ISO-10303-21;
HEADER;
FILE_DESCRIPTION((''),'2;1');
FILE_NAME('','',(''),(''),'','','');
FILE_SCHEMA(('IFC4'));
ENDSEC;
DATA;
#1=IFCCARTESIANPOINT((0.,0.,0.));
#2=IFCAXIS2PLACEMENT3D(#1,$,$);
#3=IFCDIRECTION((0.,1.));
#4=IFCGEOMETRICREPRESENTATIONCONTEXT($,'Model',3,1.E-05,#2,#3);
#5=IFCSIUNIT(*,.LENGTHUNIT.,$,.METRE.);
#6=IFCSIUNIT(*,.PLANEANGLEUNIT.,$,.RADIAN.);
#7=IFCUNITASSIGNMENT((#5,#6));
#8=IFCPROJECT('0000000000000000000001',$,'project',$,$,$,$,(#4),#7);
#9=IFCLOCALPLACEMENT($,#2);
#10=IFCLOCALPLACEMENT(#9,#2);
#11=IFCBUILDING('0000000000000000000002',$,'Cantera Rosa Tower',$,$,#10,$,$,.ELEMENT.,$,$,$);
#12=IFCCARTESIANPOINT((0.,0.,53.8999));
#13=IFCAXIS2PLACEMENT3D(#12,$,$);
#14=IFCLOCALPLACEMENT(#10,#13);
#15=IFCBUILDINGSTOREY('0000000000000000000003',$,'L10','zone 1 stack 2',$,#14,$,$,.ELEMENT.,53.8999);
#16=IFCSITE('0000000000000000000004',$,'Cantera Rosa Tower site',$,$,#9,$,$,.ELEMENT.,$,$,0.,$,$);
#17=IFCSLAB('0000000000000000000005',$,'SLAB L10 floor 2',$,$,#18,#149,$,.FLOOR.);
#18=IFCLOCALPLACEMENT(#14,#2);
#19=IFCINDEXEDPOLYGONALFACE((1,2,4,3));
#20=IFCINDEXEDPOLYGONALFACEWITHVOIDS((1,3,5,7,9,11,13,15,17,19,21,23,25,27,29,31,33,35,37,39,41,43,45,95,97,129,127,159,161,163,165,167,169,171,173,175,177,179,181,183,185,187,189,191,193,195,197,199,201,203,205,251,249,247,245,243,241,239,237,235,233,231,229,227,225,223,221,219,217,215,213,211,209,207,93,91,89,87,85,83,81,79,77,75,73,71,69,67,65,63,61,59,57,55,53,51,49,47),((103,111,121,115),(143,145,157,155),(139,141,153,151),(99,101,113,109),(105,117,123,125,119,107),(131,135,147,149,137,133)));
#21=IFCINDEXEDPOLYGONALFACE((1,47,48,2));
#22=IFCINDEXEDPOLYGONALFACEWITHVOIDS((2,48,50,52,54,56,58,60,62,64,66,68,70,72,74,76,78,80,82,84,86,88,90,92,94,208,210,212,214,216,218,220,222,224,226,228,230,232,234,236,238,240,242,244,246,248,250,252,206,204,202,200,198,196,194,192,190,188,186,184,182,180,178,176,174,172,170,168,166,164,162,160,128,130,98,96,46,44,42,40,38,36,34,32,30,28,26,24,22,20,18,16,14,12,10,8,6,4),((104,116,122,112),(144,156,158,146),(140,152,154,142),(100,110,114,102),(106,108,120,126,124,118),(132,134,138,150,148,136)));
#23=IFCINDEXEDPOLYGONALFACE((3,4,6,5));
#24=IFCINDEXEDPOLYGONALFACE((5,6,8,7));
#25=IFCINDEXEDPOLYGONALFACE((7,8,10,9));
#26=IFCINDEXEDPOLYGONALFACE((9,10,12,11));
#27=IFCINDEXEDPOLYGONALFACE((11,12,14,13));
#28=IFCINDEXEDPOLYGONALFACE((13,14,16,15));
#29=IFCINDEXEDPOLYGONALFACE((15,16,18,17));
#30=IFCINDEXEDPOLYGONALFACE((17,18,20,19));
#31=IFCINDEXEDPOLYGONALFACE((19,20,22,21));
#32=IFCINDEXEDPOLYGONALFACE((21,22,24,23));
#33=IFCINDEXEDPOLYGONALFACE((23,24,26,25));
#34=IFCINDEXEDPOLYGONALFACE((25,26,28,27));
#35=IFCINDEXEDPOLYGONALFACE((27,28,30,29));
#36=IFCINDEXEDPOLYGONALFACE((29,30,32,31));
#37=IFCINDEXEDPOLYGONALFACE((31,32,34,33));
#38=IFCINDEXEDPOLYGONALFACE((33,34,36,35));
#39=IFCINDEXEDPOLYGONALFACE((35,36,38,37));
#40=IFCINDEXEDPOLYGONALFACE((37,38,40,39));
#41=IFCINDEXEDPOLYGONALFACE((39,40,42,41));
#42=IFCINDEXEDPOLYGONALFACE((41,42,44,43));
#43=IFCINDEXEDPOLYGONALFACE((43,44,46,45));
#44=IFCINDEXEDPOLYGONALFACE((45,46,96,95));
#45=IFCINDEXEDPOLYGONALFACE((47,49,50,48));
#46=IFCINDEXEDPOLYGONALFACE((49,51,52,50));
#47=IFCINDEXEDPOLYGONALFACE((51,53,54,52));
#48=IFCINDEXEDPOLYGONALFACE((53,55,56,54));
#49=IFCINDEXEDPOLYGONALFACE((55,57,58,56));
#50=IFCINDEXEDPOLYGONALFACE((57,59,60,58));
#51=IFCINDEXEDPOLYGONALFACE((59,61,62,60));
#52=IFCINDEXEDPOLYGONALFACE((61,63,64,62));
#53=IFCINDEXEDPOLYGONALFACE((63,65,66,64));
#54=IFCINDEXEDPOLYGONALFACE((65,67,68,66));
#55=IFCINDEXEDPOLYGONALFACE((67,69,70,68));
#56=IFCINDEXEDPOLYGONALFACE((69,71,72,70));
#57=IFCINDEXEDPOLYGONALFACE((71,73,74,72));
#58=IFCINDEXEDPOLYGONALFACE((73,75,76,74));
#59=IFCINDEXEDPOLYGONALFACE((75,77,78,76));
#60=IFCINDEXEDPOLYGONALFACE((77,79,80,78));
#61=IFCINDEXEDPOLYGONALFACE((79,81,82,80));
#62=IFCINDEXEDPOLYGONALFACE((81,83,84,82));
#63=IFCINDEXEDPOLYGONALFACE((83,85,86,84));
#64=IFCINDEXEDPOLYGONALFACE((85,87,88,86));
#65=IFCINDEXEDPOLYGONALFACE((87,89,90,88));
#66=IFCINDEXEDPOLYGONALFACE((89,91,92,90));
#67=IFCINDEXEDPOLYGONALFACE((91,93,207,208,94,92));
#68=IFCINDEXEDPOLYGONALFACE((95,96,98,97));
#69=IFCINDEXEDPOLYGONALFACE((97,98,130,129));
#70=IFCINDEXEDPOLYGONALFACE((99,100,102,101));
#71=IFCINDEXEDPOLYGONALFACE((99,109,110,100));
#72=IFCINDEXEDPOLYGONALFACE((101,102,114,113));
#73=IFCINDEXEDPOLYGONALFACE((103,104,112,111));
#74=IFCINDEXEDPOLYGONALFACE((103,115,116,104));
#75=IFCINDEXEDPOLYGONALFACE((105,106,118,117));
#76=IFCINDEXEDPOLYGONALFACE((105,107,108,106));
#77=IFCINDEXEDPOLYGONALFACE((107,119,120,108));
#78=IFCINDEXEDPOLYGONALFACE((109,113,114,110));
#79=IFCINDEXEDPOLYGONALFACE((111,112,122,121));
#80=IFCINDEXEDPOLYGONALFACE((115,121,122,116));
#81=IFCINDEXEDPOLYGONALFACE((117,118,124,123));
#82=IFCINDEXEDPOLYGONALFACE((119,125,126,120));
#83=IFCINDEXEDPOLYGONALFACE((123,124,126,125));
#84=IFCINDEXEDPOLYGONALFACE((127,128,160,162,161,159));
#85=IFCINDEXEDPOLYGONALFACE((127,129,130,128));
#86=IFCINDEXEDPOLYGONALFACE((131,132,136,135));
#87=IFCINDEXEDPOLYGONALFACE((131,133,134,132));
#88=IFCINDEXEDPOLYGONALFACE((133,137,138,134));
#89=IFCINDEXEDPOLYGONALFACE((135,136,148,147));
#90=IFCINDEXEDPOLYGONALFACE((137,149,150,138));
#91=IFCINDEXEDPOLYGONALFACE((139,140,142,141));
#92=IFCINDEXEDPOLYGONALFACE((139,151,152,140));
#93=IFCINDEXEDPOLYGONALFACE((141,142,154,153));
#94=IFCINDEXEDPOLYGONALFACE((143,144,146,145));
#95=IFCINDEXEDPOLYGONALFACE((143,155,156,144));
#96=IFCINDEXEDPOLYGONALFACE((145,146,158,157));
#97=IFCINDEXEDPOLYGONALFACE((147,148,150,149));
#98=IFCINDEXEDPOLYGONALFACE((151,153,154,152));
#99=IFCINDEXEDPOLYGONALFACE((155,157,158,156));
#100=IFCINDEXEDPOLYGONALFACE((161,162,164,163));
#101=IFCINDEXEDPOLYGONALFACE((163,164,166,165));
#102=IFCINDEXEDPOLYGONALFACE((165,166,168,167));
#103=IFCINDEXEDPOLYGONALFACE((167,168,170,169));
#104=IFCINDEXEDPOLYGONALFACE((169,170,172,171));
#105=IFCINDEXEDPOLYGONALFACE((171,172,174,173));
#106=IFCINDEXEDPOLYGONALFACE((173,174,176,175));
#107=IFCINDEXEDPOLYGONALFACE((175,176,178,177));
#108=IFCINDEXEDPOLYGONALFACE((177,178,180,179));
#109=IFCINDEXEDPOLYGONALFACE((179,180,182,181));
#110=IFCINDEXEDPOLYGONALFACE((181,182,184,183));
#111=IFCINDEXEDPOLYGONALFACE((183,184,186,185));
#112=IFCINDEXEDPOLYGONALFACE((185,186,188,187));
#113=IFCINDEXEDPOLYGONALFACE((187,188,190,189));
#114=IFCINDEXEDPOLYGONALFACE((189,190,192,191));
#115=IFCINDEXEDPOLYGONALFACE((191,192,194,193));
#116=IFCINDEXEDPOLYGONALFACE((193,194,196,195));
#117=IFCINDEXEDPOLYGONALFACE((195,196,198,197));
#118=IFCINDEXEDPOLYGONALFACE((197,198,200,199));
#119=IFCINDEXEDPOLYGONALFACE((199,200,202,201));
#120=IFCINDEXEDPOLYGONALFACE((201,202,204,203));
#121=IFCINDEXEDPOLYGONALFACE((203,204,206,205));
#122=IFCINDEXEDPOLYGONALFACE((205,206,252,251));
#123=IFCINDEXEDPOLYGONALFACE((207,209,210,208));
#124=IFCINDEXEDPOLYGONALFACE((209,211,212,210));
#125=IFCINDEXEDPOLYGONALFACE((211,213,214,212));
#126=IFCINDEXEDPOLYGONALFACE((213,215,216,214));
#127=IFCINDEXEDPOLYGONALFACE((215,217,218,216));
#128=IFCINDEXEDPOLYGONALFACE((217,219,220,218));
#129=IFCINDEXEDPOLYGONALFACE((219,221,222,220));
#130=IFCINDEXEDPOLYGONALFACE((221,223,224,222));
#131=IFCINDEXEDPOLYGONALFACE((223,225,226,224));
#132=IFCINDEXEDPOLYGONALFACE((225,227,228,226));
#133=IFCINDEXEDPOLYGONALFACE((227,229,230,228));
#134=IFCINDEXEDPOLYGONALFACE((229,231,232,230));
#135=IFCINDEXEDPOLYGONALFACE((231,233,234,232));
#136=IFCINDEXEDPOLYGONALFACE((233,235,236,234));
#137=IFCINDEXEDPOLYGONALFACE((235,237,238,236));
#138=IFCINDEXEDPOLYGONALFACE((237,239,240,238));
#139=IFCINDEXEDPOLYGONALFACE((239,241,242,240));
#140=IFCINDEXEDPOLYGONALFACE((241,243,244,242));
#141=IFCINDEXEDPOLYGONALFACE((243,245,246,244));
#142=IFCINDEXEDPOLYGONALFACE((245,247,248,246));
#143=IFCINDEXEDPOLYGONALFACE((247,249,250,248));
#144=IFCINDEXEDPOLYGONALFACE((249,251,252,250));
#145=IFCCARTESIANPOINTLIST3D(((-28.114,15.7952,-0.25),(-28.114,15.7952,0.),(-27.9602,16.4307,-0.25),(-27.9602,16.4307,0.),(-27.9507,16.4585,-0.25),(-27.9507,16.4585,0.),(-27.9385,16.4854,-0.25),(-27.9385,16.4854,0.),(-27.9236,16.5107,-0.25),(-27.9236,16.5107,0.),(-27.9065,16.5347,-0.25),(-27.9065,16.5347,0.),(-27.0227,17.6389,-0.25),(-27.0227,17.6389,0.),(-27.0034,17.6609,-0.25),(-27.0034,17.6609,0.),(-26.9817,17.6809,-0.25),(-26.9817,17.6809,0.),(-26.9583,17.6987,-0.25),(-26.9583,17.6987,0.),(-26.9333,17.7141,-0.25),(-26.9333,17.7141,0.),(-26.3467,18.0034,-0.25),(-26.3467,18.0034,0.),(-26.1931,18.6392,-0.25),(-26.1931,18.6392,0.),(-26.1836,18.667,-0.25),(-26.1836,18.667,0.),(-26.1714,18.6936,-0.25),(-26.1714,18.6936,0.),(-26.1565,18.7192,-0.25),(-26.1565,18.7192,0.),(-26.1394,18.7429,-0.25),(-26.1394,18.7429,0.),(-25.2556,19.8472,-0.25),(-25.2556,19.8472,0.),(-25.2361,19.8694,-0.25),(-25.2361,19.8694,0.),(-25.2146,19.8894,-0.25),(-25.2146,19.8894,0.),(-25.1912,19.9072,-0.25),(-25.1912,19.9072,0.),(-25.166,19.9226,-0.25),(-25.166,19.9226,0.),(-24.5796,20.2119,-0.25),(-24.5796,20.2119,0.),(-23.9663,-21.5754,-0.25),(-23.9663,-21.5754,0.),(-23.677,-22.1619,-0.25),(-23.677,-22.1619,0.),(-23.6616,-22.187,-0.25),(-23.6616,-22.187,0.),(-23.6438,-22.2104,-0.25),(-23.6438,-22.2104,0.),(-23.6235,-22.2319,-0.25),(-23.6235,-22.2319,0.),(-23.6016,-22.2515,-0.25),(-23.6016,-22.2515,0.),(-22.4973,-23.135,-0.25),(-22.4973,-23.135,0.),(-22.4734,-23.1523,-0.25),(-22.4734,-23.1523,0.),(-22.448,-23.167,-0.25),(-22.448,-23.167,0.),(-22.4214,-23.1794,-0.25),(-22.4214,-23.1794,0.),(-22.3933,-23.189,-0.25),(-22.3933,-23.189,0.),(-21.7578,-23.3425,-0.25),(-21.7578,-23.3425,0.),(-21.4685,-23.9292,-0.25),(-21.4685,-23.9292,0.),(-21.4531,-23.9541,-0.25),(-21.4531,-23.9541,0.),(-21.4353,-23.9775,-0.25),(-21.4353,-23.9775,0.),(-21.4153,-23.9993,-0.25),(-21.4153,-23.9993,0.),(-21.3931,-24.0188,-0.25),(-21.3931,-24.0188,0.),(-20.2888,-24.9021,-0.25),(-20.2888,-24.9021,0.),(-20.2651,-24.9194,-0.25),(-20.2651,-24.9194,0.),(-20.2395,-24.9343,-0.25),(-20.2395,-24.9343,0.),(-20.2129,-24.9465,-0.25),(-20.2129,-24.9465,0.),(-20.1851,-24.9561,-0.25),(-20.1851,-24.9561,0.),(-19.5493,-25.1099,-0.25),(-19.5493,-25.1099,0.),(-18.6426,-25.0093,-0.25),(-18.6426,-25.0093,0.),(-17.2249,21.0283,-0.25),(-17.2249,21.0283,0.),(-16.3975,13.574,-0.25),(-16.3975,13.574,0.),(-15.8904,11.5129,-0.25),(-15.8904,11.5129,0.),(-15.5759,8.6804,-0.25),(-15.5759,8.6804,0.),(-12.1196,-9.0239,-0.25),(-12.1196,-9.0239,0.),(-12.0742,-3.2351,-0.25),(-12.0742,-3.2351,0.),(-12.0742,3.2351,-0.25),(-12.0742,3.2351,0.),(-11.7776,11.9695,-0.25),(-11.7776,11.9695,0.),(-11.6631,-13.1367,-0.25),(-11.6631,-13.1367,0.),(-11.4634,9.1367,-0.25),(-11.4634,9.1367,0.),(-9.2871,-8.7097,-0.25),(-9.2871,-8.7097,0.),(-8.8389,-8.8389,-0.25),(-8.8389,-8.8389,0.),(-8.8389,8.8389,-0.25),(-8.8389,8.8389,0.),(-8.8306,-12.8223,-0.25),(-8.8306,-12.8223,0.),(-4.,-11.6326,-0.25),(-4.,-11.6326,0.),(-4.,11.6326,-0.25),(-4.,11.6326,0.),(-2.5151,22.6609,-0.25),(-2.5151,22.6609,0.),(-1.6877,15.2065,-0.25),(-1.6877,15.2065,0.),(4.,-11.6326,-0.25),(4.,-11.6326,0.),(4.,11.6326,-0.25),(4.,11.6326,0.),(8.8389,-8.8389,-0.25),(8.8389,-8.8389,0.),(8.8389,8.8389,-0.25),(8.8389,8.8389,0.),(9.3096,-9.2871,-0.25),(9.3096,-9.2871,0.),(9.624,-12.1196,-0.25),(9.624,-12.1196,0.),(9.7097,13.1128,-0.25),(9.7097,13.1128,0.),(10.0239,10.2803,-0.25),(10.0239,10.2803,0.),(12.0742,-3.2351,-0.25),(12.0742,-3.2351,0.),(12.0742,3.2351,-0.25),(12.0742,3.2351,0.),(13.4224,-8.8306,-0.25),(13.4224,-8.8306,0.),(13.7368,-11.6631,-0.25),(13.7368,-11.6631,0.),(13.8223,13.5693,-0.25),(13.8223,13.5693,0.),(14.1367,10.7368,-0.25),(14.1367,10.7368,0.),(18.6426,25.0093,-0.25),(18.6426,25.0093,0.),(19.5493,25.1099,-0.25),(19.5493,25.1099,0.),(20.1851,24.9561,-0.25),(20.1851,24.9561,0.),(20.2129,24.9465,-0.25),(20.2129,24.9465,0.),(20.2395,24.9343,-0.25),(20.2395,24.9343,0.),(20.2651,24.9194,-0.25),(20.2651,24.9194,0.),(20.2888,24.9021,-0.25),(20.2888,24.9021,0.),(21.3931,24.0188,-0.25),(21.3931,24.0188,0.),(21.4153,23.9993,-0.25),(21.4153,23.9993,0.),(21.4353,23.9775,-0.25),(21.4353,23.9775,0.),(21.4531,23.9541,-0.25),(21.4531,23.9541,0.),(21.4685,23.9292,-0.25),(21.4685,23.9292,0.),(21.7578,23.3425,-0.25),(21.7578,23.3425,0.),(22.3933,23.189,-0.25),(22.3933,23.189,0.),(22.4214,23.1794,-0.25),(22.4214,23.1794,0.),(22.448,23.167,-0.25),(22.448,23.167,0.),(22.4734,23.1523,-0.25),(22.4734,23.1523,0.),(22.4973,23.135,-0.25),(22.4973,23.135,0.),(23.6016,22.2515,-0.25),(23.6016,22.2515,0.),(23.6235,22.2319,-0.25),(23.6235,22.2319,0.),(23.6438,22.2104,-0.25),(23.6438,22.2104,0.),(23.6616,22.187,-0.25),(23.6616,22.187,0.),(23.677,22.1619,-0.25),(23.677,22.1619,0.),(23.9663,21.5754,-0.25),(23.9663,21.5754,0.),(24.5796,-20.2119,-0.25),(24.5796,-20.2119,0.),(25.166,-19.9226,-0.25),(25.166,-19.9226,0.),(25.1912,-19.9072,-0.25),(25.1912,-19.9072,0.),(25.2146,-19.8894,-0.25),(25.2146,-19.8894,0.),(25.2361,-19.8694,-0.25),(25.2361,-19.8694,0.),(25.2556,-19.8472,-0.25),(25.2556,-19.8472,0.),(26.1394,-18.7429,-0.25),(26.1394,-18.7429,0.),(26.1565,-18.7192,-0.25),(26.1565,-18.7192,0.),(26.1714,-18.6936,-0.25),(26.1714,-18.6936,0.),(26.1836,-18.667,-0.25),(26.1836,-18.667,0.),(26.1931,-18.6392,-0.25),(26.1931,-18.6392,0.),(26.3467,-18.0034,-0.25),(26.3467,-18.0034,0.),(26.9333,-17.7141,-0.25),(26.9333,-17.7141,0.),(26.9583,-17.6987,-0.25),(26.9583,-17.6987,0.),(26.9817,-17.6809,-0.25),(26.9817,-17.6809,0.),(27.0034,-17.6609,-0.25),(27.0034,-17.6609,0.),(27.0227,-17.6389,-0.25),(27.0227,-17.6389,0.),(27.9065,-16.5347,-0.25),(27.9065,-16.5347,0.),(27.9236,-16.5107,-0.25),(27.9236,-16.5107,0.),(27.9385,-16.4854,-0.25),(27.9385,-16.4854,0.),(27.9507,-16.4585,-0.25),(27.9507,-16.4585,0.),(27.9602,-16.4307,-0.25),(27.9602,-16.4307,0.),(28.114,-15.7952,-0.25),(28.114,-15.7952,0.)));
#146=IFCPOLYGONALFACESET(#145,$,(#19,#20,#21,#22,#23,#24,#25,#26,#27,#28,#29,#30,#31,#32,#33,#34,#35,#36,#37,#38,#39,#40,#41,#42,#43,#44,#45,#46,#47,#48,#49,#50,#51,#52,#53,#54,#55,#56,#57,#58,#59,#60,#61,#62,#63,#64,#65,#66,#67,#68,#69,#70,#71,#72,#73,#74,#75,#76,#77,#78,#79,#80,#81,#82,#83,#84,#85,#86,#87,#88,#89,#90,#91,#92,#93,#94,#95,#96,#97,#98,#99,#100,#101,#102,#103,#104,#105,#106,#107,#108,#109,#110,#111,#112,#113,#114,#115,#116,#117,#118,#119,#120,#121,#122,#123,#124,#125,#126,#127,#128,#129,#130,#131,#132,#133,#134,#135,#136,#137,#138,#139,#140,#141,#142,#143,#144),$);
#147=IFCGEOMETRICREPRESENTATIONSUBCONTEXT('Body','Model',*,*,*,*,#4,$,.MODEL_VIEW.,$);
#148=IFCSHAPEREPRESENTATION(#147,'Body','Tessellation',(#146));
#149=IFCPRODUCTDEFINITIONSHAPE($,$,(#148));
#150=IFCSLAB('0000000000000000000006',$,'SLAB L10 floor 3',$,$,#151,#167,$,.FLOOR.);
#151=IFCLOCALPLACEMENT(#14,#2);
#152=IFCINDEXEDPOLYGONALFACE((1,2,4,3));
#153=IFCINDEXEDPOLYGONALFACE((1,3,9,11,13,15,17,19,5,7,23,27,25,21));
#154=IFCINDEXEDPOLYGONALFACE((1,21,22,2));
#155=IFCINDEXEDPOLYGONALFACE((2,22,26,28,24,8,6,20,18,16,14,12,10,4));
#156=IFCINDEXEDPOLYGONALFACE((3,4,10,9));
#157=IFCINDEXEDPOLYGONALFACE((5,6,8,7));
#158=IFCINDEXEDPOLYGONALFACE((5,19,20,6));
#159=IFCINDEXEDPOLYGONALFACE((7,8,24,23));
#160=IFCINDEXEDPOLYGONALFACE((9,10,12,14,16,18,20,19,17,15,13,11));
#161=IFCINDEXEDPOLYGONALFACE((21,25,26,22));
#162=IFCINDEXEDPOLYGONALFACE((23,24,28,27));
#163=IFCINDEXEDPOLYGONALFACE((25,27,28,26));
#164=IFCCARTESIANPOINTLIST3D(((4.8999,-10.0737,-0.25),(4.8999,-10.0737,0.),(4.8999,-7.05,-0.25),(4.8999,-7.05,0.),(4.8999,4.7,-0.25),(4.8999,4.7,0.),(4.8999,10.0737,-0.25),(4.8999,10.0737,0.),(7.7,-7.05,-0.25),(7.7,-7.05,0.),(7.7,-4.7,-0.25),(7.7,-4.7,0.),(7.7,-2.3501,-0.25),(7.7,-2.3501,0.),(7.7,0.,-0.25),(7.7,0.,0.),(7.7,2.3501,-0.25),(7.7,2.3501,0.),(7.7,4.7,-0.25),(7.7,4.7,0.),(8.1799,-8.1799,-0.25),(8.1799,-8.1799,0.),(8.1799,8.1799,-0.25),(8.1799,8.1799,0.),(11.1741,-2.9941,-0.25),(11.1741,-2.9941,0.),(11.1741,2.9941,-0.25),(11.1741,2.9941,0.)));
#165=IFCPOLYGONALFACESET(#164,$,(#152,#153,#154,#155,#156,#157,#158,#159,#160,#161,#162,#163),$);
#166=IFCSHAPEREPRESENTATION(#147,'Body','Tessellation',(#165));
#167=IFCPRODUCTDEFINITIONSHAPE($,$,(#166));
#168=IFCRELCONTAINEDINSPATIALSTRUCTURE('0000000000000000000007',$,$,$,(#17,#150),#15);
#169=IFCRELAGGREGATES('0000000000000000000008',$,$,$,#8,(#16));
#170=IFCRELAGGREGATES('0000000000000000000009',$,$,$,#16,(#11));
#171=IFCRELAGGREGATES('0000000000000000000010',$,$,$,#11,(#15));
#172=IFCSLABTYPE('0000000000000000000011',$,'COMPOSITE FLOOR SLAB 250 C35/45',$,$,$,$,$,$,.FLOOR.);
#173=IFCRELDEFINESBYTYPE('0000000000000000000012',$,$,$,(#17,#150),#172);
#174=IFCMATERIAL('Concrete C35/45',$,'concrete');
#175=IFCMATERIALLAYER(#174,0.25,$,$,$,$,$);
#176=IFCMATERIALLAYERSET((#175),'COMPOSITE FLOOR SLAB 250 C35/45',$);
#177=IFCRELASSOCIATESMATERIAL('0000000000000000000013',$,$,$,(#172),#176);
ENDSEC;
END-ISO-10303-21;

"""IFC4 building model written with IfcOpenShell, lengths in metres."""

from ifc_helpers import new_model, si_unit, direction, frame, origin, place, context, subcontext, project, spatial, polyline, outline, extrude, material, layer, layer_set, type_object, element, save


model = new_model("IFC4")

# Units and contexts
model_context = context("Model", 3, precision=1e-05, world=origin(), true_north=direction((0.0, 1.0)))
body_context = subcontext(model_context, "Body", "Model", "MODEL_VIEW")
ifc_project = project(units=[si_unit("LENGTHUNIT", "METRE"), si_unit("PLANEANGLEUNIT", "RADIAN")], contexts=[model_context])

# Site, building, storey
site_placement = place(None, origin())
site = spatial("IfcSite", under=ifc_project, at=site_placement, Name="Cantera Rosa Tower site", CompositionType="ELEMENT", RefElevation=0.0)
building_placement = place(site_placement, origin())
building = spatial("IfcBuilding", under=site, at=building_placement, Name="Cantera Rosa Tower", CompositionType="ELEMENT")
storey_placement = place(building_placement, frame((0.0, 0.0, 53.8999)))
storey = spatial("IfcBuildingStorey", under=building, at=storey_placement, Name="L10", Description="zone 1 stack 2", CompositionType="ELEMENT", Elevation=53.8999)

# Slabs
ifc_material_1 = material(Name="Concrete C35/45", Category="concrete")
ifc_layer_1 = layer(ifc_material_1, 0.25)
ifc_layer_set_1 = layer_set([ifc_layer_1], Name="COMPOSITE FLOOR SLAB 250 C35/45")
slab_type = type_object("IfcSlabType", Name="COMPOSITE FLOOR SLAB 250 C35/45", PredefinedType="FLOOR", material=ifc_layer_set_1)
slab_1_placement = place(storey_placement, frame((0.0, 0.0, -0.25)))
element("IfcSlab", 1, at=slab_1_placement, inside=storey, type_object=slab_type, Name="SLAB L10 floor 2", PredefinedType="FLOOR", context=body_context, shape_type="SweptSolid", body=[
    extrude(outline(polyline([(-21.4153, -23.9993), (-21.4353, -23.9775), (-21.4531, -23.9541), (-21.4685, -23.9292), (-21.7578, -23.3425), (-22.3933, -23.189), (-22.4214, -23.1794), (-22.448, -23.167), (-22.4734, -23.1523), (-22.4973, -23.135), (-23.6016, -22.2515), (-23.6235, -22.2319), (-23.6438, -22.2104), (-23.6616, -22.187), (-23.677, -22.1619), (-23.9663, -21.5754), (-28.114, 15.7952), (-27.9602, 16.4307), (-27.9507, 16.4585), (-27.9385, 16.4854), (-27.9236, 16.5107), (-27.9065, 16.5347), (-27.0227, 17.6389), (-27.0034, 17.6609), (-26.9817, 17.6809), (-26.9583, 17.6987), (-26.9333, 17.7141), (-26.3467, 18.0034), (-26.1931, 18.6392), (-26.1836, 18.667), (-26.1714, 18.6936), (-26.1565, 18.7192), (-26.1394, 18.7429), (-25.2556, 19.8472), (-25.2361, 19.8694), (-25.2146, 19.8894), (-25.1912, 19.9072), (-25.166, 19.9226), (-24.5796, 20.2119), (-17.2249, 21.0283), (-16.3975, 13.574), (-1.6877, 15.2065), (-2.5151, 22.6609), (18.6426, 25.0093), (19.5493, 25.1099), (20.1851, 24.9561), (20.2129, 24.9465), (20.2395, 24.9343), (20.2651, 24.9194), (20.2888, 24.9021), (21.3931, 24.0188), (21.4153, 23.9993), (21.4353, 23.9775), (21.4531, 23.9541), (21.4685, 23.9292), (21.7578, 23.3425), (22.3933, 23.189), (22.4214, 23.1794), (22.448, 23.167), (22.4734, 23.1523), (22.4973, 23.135), (23.6016, 22.2515), (23.6235, 22.2319), (23.6438, 22.2104), (23.6616, 22.187), (23.677, 22.1619), (23.9663, 21.5754), (28.114, -15.7952), (27.9602, -16.4307), (27.9507, -16.4585), (27.9385, -16.4854), (27.9236, -16.5107), (27.9065, -16.5347), (27.0227, -17.6389), (27.0034, -17.6609), (26.9817, -17.6809), (26.9583, -17.6987), (26.9333, -17.7141), (26.3467, -18.0034), (26.1931, -18.6392), (26.1836, -18.667), (26.1714, -18.6936), (26.1565, -18.7192), (26.1394, -18.7429), (25.2556, -19.8472), (25.2361, -19.8694), (25.2146, -19.8894), (25.1912, -19.9072), (25.166, -19.9226), (24.5796, -20.2119), (-18.6426, -25.0093), (-19.5493, -25.1099), (-20.1851, -24.9561), (-20.2129, -24.9465), (-20.2395, -24.9343), (-20.2651, -24.9194), (-20.2888, -24.9021), (-21.3931, -24.0188), (-21.4153, -23.9993)]), holes=[polyline([(-12.1196, -9.0239), (-11.6631, -13.1367), (-8.8306, -12.8223), (-9.2871, -8.7097), (-12.1196, -9.0239)]), polyline([(-12.0742, -3.2351), (-8.8389, -8.8389), (-4.0, -11.6326), (-4.0, 11.6326), (-8.8389, 8.8389), (-12.0742, 3.2351), (-12.0742, -3.2351)]), polyline([(-15.5759, 8.6804), (-11.4634, 9.1367), (-11.7776, 11.9695), (-15.8904, 11.5129), (-15.5759, 8.6804)]), polyline([(9.624, -12.1196), (13.7368, -11.6631), (13.4224, -8.8306), (9.3096, -9.2871), (9.624, -12.1196)]), polyline([(12.0742, 3.2351), (8.8389, 8.8389), (4.0, 11.6326), (4.0, -11.6326), (8.8389, -8.8389), (12.0742, -3.2351), (12.0742, 3.2351)]), polyline([(9.7097, 13.1128), (10.0239, 10.2803), (14.1367, 10.7368), (13.8223, 13.5693), (9.7097, 13.1128)])]), origin(), (0.0, 0.0, 1.0), 0.25),
])
slab_2_placement = place(storey_placement, frame((0.0, 0.0, -0.25)))
element("IfcSlab", 2, at=slab_2_placement, inside=storey, type_object=slab_type, Name="SLAB L10 floor 3", PredefinedType="FLOOR", context=body_context, shape_type="SweptSolid", body=[
    extrude(outline(polyline([(7.7, 4.7), (4.8999, 4.7), (4.8999, 10.0737), (8.1799, 8.1799), (11.1741, 2.9941), (11.1741, -2.9941), (8.1799, -8.1799), (4.8999, -10.0737), (4.8999, -7.05), (7.7, -7.05), (7.7, -4.7), (7.7, -2.3501), (7.7, 0.0), (7.7, 2.3501), (7.7, 4.7)])), origin(), (0.0, 0.0, 1.0), 0.25),
])

save(model, "model.ifc")
